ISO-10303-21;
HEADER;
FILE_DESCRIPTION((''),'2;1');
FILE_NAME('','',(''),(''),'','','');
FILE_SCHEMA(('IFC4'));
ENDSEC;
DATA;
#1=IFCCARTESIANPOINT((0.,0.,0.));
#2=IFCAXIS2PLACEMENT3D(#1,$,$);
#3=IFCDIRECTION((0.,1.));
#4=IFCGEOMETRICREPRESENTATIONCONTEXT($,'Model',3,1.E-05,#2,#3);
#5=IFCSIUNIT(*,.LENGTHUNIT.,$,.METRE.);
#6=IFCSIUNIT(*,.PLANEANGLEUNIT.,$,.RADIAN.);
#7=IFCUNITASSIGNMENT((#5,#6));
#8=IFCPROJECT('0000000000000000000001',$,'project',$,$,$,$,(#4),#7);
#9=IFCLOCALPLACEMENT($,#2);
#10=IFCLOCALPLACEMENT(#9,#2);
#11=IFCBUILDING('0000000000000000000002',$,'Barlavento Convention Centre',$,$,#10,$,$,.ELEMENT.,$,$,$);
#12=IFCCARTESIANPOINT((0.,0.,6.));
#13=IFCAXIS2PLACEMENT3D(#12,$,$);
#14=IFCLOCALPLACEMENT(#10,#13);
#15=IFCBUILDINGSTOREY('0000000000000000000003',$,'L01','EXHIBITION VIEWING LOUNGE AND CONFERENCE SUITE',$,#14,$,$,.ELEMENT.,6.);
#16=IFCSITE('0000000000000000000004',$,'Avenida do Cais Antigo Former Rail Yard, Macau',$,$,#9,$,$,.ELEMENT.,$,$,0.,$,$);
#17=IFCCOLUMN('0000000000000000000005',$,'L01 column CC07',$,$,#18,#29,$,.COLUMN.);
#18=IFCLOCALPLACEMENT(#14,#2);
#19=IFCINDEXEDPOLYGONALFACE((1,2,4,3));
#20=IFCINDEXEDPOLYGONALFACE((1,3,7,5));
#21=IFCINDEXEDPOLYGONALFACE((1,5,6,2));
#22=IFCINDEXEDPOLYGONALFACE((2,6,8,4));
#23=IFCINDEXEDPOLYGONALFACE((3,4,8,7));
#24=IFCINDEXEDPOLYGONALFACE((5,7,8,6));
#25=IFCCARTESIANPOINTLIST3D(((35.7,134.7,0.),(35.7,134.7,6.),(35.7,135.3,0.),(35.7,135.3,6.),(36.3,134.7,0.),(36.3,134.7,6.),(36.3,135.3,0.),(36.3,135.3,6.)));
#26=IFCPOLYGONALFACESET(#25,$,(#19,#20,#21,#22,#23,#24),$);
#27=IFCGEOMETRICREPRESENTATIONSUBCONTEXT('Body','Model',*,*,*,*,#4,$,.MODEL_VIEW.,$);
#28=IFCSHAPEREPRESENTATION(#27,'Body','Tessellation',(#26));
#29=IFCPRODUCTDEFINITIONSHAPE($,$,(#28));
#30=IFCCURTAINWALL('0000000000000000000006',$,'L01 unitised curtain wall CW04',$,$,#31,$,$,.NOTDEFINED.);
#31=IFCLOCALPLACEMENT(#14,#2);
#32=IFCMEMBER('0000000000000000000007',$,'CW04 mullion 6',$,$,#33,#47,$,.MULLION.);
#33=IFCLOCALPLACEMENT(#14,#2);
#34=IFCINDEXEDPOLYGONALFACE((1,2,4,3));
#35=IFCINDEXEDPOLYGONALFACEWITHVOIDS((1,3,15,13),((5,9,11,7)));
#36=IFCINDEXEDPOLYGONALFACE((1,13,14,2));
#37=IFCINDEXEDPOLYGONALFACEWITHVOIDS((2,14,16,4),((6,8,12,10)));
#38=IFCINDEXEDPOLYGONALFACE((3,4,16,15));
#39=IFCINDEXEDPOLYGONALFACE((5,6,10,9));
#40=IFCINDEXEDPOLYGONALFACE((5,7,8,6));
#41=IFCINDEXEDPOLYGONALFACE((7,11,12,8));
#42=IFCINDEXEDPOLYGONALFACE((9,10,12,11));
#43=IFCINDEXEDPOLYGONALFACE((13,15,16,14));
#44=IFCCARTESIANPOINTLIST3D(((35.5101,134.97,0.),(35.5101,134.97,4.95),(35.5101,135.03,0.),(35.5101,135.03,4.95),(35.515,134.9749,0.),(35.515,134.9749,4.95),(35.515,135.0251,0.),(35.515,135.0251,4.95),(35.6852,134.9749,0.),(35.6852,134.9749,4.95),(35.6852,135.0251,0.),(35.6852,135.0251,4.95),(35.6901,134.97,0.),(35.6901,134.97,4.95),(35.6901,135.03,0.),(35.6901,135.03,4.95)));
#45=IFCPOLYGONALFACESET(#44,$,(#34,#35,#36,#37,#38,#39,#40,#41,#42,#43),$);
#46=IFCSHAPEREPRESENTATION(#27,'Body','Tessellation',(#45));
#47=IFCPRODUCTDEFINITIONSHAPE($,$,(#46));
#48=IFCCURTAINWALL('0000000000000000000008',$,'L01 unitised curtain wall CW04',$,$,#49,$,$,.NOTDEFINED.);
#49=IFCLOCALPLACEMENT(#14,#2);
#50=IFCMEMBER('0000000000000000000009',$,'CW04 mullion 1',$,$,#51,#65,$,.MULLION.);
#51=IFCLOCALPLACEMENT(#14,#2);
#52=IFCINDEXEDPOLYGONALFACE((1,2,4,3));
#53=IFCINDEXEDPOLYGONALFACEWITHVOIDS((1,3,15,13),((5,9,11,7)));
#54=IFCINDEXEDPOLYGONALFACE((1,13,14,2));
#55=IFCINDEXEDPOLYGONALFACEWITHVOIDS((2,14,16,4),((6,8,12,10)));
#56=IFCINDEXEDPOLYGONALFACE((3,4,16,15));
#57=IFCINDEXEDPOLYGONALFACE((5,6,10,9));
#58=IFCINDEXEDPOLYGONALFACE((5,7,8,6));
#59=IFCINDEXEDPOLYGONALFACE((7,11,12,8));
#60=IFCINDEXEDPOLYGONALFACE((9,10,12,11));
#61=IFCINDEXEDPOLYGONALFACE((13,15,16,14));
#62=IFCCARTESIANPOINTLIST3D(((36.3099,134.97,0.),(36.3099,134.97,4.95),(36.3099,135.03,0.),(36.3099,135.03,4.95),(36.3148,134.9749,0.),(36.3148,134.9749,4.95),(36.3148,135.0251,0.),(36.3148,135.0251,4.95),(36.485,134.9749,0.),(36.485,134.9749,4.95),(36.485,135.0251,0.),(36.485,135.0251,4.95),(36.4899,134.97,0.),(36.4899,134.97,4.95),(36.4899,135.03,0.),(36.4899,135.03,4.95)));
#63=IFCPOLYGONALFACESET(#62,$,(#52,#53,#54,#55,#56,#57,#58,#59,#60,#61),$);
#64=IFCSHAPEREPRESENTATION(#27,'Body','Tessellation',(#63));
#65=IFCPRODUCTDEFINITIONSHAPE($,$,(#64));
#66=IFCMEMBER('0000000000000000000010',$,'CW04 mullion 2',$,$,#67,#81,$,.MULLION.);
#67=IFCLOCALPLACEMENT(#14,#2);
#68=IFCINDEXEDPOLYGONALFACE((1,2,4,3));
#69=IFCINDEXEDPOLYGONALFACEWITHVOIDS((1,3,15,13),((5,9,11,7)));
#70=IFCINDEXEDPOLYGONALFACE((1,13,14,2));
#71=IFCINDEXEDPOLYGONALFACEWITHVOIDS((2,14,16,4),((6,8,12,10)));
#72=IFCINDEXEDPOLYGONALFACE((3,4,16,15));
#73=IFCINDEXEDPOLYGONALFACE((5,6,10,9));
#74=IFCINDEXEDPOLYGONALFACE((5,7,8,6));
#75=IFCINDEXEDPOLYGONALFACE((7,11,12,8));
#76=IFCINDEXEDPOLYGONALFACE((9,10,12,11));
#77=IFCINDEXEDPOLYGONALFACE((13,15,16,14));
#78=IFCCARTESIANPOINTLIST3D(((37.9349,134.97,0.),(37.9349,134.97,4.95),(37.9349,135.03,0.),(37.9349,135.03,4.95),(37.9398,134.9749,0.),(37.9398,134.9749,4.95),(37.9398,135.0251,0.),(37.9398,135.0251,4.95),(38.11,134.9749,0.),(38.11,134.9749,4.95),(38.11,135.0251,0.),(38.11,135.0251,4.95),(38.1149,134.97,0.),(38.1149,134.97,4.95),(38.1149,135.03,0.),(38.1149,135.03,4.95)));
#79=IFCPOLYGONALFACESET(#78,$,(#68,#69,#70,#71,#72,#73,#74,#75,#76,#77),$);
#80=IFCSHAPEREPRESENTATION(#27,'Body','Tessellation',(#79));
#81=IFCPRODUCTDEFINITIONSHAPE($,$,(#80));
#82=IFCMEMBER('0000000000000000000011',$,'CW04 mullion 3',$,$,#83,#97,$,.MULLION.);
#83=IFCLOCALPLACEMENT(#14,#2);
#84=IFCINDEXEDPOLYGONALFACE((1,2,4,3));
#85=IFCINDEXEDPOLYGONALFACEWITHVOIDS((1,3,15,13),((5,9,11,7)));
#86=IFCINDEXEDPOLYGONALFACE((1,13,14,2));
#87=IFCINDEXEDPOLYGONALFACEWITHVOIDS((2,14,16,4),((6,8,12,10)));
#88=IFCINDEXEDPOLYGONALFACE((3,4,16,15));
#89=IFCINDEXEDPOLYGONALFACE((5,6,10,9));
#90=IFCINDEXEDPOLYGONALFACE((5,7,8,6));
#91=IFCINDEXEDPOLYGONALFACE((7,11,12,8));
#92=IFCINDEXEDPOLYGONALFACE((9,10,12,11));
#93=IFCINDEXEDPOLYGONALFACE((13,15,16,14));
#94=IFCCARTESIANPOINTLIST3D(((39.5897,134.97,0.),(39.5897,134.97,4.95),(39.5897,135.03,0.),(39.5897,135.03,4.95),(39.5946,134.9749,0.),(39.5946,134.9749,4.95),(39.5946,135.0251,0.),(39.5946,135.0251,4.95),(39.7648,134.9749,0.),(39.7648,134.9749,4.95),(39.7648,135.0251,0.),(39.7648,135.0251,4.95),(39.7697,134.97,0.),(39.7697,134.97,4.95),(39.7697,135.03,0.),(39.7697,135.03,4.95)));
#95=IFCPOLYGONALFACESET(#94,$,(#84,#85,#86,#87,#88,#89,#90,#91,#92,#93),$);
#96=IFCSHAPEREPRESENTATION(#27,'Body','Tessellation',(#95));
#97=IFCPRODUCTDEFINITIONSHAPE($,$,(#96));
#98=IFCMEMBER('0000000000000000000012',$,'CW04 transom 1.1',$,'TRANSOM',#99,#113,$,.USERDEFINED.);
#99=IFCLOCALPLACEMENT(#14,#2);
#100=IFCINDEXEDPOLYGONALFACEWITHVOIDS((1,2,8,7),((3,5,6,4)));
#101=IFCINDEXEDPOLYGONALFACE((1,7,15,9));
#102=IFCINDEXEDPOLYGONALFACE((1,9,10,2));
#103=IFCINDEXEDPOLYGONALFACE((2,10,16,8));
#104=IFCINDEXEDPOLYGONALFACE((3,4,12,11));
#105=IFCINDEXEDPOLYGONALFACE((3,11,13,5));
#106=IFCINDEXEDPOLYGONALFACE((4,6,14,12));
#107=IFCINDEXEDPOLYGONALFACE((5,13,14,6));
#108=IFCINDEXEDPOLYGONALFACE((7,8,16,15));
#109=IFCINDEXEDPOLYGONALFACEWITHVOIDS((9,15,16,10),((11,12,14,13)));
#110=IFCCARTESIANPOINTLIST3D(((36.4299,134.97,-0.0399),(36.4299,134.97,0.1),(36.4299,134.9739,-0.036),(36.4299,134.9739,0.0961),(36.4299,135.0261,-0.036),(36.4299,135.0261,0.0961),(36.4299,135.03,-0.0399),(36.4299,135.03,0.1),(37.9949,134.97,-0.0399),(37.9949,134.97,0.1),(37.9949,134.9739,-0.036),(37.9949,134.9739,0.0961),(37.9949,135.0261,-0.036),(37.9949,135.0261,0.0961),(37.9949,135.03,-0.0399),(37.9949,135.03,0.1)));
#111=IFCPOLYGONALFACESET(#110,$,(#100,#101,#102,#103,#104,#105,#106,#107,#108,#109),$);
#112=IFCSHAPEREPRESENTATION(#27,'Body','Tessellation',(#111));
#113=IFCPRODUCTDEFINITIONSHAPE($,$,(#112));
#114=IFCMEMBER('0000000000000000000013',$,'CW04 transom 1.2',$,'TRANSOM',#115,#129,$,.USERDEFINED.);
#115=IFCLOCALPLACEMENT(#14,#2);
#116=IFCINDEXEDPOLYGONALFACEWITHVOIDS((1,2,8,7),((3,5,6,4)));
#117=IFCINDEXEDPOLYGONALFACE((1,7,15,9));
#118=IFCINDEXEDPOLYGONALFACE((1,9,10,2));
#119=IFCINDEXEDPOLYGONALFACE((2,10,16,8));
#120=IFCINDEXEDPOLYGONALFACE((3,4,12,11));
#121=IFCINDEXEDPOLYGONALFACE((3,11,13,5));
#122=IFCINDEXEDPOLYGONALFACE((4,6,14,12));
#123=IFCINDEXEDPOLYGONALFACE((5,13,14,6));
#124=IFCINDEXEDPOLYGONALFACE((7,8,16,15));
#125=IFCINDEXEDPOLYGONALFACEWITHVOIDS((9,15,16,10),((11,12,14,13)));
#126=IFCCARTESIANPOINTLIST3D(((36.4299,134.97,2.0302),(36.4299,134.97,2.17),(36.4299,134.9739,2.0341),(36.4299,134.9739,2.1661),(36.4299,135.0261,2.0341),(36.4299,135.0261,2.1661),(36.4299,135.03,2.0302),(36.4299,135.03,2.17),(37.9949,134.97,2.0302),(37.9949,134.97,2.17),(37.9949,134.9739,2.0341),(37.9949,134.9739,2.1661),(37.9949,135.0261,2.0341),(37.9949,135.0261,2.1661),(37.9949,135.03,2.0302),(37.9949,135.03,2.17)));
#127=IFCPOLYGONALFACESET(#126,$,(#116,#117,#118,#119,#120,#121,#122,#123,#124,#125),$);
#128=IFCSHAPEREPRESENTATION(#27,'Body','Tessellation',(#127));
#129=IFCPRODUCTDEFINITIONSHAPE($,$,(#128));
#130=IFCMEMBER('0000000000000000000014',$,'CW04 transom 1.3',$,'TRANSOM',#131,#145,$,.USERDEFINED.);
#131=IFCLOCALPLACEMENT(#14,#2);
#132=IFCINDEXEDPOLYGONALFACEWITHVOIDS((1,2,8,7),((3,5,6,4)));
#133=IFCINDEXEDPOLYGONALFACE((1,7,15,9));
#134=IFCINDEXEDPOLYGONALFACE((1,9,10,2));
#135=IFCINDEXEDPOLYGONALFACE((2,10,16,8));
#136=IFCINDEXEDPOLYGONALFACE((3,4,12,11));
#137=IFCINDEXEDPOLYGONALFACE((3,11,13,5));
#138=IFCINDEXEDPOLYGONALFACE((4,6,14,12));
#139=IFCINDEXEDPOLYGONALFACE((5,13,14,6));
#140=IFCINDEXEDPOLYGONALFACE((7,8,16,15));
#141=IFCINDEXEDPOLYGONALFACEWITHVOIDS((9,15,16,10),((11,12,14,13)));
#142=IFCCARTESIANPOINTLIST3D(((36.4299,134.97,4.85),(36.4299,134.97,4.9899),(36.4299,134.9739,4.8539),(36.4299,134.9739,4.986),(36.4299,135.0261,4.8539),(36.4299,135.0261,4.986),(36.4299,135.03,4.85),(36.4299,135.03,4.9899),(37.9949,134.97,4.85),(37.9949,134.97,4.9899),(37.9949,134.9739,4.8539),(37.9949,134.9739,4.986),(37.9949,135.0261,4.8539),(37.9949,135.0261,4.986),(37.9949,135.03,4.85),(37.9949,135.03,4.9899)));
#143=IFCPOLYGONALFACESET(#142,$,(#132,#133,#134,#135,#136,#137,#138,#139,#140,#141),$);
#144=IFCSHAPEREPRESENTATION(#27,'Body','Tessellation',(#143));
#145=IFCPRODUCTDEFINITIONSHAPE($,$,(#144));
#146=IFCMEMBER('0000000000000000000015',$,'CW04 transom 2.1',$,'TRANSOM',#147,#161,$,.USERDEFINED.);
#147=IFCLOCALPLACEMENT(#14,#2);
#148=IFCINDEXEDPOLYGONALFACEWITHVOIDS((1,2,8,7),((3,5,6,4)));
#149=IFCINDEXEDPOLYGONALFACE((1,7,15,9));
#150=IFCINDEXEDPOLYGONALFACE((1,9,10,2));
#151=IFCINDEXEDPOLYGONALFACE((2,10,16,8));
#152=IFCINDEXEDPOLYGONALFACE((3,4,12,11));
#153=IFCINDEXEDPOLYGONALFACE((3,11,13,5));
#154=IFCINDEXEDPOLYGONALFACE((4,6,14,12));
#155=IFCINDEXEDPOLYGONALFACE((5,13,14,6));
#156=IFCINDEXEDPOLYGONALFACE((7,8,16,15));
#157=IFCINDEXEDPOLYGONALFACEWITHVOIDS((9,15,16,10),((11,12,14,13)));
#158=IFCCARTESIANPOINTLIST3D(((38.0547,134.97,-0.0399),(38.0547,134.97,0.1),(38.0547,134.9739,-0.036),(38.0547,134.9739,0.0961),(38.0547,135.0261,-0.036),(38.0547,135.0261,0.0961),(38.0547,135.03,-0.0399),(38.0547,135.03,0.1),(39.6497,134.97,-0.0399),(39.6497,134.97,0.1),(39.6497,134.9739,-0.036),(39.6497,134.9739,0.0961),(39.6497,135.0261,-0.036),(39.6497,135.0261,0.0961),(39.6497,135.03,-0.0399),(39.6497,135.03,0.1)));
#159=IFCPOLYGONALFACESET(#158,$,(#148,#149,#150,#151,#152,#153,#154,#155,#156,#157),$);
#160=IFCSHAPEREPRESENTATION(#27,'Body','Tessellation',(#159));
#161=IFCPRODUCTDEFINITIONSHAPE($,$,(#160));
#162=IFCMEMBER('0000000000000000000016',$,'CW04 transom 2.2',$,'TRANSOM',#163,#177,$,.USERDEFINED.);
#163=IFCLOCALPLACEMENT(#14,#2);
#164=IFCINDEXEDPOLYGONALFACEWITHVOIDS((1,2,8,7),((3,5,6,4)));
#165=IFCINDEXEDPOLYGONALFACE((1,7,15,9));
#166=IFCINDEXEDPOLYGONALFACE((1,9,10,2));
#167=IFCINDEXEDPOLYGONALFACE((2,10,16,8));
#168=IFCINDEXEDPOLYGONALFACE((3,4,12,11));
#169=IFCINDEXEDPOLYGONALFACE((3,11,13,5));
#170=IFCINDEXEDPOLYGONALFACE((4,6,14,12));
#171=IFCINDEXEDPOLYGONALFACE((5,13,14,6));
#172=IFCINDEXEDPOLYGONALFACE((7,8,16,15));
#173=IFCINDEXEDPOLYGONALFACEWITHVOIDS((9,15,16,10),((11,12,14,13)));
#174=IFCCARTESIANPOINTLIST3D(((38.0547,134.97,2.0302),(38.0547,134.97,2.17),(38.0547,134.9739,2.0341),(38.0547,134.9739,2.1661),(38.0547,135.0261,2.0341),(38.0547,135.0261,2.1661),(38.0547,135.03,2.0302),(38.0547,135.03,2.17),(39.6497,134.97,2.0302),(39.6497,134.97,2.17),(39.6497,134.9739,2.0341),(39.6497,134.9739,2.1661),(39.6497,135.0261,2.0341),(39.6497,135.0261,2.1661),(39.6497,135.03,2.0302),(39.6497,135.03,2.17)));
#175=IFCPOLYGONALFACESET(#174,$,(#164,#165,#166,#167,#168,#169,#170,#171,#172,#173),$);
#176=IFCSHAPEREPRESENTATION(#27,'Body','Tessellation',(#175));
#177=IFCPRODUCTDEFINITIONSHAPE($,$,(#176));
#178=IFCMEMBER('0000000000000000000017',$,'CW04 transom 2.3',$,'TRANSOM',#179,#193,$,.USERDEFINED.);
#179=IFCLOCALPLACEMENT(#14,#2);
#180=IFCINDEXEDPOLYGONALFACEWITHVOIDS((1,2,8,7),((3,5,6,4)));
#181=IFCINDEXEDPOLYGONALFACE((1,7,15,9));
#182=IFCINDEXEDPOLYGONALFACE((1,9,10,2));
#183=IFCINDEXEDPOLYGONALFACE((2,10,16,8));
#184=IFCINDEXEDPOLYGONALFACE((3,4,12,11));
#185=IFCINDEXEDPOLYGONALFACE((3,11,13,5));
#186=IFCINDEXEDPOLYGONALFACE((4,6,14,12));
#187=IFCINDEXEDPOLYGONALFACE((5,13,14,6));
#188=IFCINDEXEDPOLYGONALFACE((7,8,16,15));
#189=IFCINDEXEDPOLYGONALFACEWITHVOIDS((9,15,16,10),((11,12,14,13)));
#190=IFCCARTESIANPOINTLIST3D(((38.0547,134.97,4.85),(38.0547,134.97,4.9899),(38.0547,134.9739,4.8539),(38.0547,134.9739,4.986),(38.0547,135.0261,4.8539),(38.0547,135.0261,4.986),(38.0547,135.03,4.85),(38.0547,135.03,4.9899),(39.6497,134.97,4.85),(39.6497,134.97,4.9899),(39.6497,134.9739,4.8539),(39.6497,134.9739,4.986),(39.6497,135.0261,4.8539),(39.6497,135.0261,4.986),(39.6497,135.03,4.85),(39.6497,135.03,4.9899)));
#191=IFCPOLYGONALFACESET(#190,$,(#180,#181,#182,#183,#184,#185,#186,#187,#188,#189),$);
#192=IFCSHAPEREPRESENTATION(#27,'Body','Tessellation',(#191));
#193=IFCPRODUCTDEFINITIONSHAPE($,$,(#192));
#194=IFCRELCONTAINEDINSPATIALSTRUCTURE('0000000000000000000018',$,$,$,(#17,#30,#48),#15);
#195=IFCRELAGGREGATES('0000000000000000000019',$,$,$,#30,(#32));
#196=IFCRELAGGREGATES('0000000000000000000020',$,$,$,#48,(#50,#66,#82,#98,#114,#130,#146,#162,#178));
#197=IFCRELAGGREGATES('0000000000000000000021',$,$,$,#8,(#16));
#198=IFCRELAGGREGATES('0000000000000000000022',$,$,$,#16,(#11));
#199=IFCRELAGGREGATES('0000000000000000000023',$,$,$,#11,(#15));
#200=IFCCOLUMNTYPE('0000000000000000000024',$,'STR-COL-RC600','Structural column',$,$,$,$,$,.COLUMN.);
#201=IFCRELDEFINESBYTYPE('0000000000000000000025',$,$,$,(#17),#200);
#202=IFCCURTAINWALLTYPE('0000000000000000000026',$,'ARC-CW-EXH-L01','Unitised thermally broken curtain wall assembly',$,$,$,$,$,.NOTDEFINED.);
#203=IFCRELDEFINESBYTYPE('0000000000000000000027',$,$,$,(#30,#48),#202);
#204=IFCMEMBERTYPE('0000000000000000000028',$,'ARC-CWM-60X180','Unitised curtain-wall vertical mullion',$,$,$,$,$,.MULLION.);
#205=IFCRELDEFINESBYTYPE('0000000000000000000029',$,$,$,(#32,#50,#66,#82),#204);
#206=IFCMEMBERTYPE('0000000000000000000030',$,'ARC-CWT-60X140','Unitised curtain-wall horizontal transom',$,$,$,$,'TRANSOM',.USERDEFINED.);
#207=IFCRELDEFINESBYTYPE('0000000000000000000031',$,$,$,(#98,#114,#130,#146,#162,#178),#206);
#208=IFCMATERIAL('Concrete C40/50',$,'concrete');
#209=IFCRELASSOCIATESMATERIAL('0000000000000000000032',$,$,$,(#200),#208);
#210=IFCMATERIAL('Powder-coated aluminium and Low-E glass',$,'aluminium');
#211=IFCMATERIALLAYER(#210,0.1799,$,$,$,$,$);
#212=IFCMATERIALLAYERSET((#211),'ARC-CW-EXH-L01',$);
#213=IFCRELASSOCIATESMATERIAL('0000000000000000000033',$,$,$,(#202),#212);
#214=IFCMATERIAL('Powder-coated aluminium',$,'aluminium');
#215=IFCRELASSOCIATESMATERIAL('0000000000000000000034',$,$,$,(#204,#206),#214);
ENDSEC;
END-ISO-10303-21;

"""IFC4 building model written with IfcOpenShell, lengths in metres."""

from ifc_helpers import new_model, si_unit, direction, frame, origin, origin_2d, place, context, subcontext, project, spatial, rectangle, hollow_rectangle, extrude, material, layer, layer_set, material_profile, profile_set, type_object, element, aggregate, save


model = new_model("IFC4")

# Units and contexts
model_context = context("Model", 3, precision=1e-05, world=origin(), true_north=direction((0.0, 1.0)))
body_context = subcontext(model_context, "Body", "Model", "MODEL_VIEW")
ifc_project = project(units=[si_unit("LENGTHUNIT", "METRE"), si_unit("PLANEANGLEUNIT", "RADIAN")], contexts=[model_context])

# Site, building, storey
site_placement = place(None, origin())
site = spatial("IfcSite", under=ifc_project, at=site_placement, Name="Avenida do Cais Antigo Former Rail Yard, Macau", CompositionType="ELEMENT", RefElevation=0.0)
building_placement = place(site_placement, origin())
building = spatial("IfcBuilding", under=site, at=building_placement, Name="Barlavento Convention Centre", CompositionType="ELEMENT")
storey_placement = place(building_placement, frame((0.0, 0.0, 6.0)))
storey = spatial("IfcBuildingStorey", under=building, at=storey_placement, Name="L01", Description="EXHIBITION VIEWING LOUNGE AND CONFERENCE SUITE", CompositionType="ELEMENT", Elevation=6.0)

# Column
ifc_material_1 = material(Name="Concrete C40/50", Category="concrete")
ifc_material_profile_1 = material_profile(ifc_material_1, rectangle(XDim=0.6001, YDim=0.6001, at=origin_2d()), Name="RC 600x600")
ifc_profile_set_1 = profile_set([ifc_material_profile_1], Name="Concrete C40/50")
column_type = type_object("IfcColumnType", Name="STR-COL-RC600", Description="Structural column", PredefinedType="COLUMN", material=ifc_profile_set_1)
column_placement = place(storey_placement, frame((36.0, 135.0, 0.0), z_axis=(0.0, 0.0, 1.0), x_axis=(1.0, 0.0, 0.0)))
element("IfcColumn", 1, at=column_placement, inside=storey, type_object=column_type, Name="L01 column CC07", PredefinedType="COLUMN", context=body_context, shape_type="SweptSolid", body=[
    extrude(rectangle(XDim=0.6001, YDim=0.6001, at=origin_2d()), origin(), (0.0, 0.0, 1.0), 6.0),
])

# Curtain wall, member
ifc_material_2 = material(Name="Powder-coated aluminium and Low-E glass", Category="aluminium")
ifc_layer_1 = layer(ifc_material_2, 0.1799)
ifc_layer_set_1 = layer_set([ifc_layer_1], Name="ARC-CW-EXH-L01")
curtain_wall_type = type_object("IfcCurtainWallType", Name="ARC-CW-EXH-L01", Description="Unitised thermally broken curtain wall assembly", PredefinedType="NOTDEFINED", material=ifc_layer_set_1)
curtain_wall_1_placement = place(storey_placement, origin())
curtain_wall_1 = element("IfcCurtainWall", 2, at=curtain_wall_1_placement, inside=storey, type_object=curtain_wall_type, Name="L01 unitised curtain wall CW04", PredefinedType="NOTDEFINED")
ifc_material_3 = material(Name="Powder-coated aluminium", Category="aluminium")
ifc_material_profile_2 = material_profile(ifc_material_3, hollow_rectangle(XDim=0.0601, YDim=0.1799, WallThickness=0.0049, at=origin_2d()), Name="AL-MULL 60x180x5")
ifc_profile_set_2 = profile_set([ifc_material_profile_2], Name="Powder-coated aluminium")
member_type_1 = type_object("IfcMemberType", Name="ARC-CWM-60X180", Description="Unitised curtain-wall vertical mullion", PredefinedType="MULLION", material=ifc_profile_set_2)
member_1_placement = place(storey_placement, frame((35.6001, 135.0, 0.0), z_axis=(0.0, 0.0, 1.0), x_axis=(0.0, 1.0, 0.0)))
member_1 = element("IfcMember", 3, at=member_1_placement, type_object=member_type_1, Name="CW04 mullion 6", PredefinedType="MULLION", context=body_context, shape_type="SweptSolid", body=[
    extrude(hollow_rectangle(XDim=0.0601, YDim=0.1799, WallThickness=0.0049, at=origin_2d()), origin(), (0.0, 0.0, 1.0), 4.95),
])
aggregate(curtain_wall_1, [member_1])

# Curtain wall, members
curtain_wall_2_placement = place(storey_placement, origin())
curtain_wall_2 = element("IfcCurtainWall", 4, at=curtain_wall_2_placement, inside=storey, type_object=curtain_wall_type, Name="L01 unitised curtain wall CW04", PredefinedType="NOTDEFINED")
member_2_placement = place(storey_placement, frame((36.3999, 135.0, 0.0), z_axis=(0.0, 0.0, 1.0), x_axis=(0.0, 1.0, 0.0)))
member_2 = element("IfcMember", 5, at=member_2_placement, type_object=member_type_1, Name="CW04 mullion 1", PredefinedType="MULLION", context=body_context, shape_type="SweptSolid", body=[
    extrude(hollow_rectangle(XDim=0.0601, YDim=0.1799, WallThickness=0.0049, at=origin_2d()), origin(), (0.0, 0.0, 1.0), 4.95),
])
member_3_placement = place(storey_placement, frame((38.0249, 135.0, 0.0), z_axis=(0.0, 0.0, 1.0), x_axis=(0.0, 1.0, 0.0)))
member_3 = element("IfcMember", 6, at=member_3_placement, type_object=member_type_1, Name="CW04 mullion 2", PredefinedType="MULLION", context=body_context, shape_type="SweptSolid", body=[
    extrude(hollow_rectangle(XDim=0.0601, YDim=0.1799, WallThickness=0.0049, at=origin_2d()), origin(), (0.0, 0.0, 1.0), 4.95),
])
member_4_placement = place(storey_placement, frame((39.6797, 135.0, 0.0), z_axis=(0.0, 0.0, 1.0), x_axis=(0.0, 1.0, 0.0)))
member_4 = element("IfcMember", 7, at=member_4_placement, type_object=member_type_1, Name="CW04 mullion 3", PredefinedType="MULLION", context=body_context, shape_type="SweptSolid", body=[
    extrude(hollow_rectangle(XDim=0.0601, YDim=0.1799, WallThickness=0.0049, at=origin_2d()), origin(), (0.0, 0.0, 1.0), 4.95),
])
ifc_material_profile_3 = material_profile(ifc_material_3, hollow_rectangle(XDim=0.0601, YDim=0.1399, WallThickness=0.0039, at=origin_2d()), Name="AL-TRAN 60x140x4")
ifc_profile_set_3 = profile_set([ifc_material_profile_3], Name="Powder-coated aluminium")
member_type_2 = type_object("IfcMemberType", Name="ARC-CWT-60X140", Description="Unitised curtain-wall horizontal transom", ElementType="TRANSOM", PredefinedType="USERDEFINED", material=ifc_profile_set_3)
member_5_placement = place(storey_placement, frame((36.4299, 135.0, 0.03), z_axis=(1.0, 0.0, 0.0), x_axis=(0.0, 1.0, 0.0)))
member_5 = element("IfcMember", 8, at=member_5_placement, type_object=member_type_2, Name="CW04 transom 1.1", ObjectType="TRANSOM", PredefinedType="USERDEFINED", context=body_context, shape_type="SweptSolid", body=[
    extrude(hollow_rectangle(XDim=0.0601, YDim=0.1399, WallThickness=0.0039, at=origin_2d()), origin(), (0.0, 0.0, 1.0), 1.5649),
])
member_6_placement = place(storey_placement, frame((36.4299, 135.0, 2.1001), z_axis=(1.0, 0.0, 0.0), x_axis=(0.0, 1.0, 0.0)))
member_6 = element("IfcMember", 9, at=member_6_placement, type_object=member_type_2, Name="CW04 transom 1.2", ObjectType="TRANSOM", PredefinedType="USERDEFINED", context=body_context, shape_type="SweptSolid", body=[
    extrude(hollow_rectangle(XDim=0.0601, YDim=0.1399, WallThickness=0.0039, at=origin_2d()), origin(), (0.0, 0.0, 1.0), 1.5649),
])
member_7_placement = place(storey_placement, frame((36.4299, 135.0, 4.9199), z_axis=(1.0, 0.0, 0.0), x_axis=(0.0, 1.0, 0.0)))
member_7 = element("IfcMember", 10, at=member_7_placement, type_object=member_type_2, Name="CW04 transom 1.3", ObjectType="TRANSOM", PredefinedType="USERDEFINED", context=body_context, shape_type="SweptSolid", body=[
    extrude(hollow_rectangle(XDim=0.0601, YDim=0.1399, WallThickness=0.0039, at=origin_2d()), origin(), (0.0, 0.0, 1.0), 1.5649),
])
member_8_placement = place(storey_placement, frame((38.0547, 135.0, 0.03), z_axis=(1.0, 0.0, 0.0), x_axis=(0.0, 1.0, 0.0)))
member_8 = element("IfcMember", 11, at=member_8_placement, type_object=member_type_2, Name="CW04 transom 2.1", ObjectType="TRANSOM", PredefinedType="USERDEFINED", context=body_context, shape_type="SweptSolid", body=[
    extrude(hollow_rectangle(XDim=0.0601, YDim=0.1399, WallThickness=0.0039, at=origin_2d()), origin(), (0.0, 0.0, 1.0), 1.595),
])
member_9_placement = place(storey_placement, frame((38.0547, 135.0, 2.1001), z_axis=(1.0, 0.0, 0.0), x_axis=(0.0, 1.0, 0.0)))
member_9 = element("IfcMember", 12, at=member_9_placement, type_object=member_type_2, Name="CW04 transom 2.2", ObjectType="TRANSOM", PredefinedType="USERDEFINED", context=body_context, shape_type="SweptSolid", body=[
    extrude(hollow_rectangle(XDim=0.0601, YDim=0.1399, WallThickness=0.0039, at=origin_2d()), origin(), (0.0, 0.0, 1.0), 1.595),
])
member_10_placement = place(storey_placement, frame((38.0547, 135.0, 4.9199), z_axis=(1.0, 0.0, 0.0), x_axis=(0.0, 1.0, 0.0)))
member_10 = element("IfcMember", 13, at=member_10_placement, type_object=member_type_2, Name="CW04 transom 2.3", ObjectType="TRANSOM", PredefinedType="USERDEFINED", context=body_context, shape_type="SweptSolid", body=[
    extrude(hollow_rectangle(XDim=0.0601, YDim=0.1399, WallThickness=0.0039, at=origin_2d()), origin(), (0.0, 0.0, 1.0), 1.595),
])

aggregate(curtain_wall_2, [member_2, member_3, member_4, member_5, member_6, member_7, member_8, member_9, member_10])

save(model, "model.ifc")
